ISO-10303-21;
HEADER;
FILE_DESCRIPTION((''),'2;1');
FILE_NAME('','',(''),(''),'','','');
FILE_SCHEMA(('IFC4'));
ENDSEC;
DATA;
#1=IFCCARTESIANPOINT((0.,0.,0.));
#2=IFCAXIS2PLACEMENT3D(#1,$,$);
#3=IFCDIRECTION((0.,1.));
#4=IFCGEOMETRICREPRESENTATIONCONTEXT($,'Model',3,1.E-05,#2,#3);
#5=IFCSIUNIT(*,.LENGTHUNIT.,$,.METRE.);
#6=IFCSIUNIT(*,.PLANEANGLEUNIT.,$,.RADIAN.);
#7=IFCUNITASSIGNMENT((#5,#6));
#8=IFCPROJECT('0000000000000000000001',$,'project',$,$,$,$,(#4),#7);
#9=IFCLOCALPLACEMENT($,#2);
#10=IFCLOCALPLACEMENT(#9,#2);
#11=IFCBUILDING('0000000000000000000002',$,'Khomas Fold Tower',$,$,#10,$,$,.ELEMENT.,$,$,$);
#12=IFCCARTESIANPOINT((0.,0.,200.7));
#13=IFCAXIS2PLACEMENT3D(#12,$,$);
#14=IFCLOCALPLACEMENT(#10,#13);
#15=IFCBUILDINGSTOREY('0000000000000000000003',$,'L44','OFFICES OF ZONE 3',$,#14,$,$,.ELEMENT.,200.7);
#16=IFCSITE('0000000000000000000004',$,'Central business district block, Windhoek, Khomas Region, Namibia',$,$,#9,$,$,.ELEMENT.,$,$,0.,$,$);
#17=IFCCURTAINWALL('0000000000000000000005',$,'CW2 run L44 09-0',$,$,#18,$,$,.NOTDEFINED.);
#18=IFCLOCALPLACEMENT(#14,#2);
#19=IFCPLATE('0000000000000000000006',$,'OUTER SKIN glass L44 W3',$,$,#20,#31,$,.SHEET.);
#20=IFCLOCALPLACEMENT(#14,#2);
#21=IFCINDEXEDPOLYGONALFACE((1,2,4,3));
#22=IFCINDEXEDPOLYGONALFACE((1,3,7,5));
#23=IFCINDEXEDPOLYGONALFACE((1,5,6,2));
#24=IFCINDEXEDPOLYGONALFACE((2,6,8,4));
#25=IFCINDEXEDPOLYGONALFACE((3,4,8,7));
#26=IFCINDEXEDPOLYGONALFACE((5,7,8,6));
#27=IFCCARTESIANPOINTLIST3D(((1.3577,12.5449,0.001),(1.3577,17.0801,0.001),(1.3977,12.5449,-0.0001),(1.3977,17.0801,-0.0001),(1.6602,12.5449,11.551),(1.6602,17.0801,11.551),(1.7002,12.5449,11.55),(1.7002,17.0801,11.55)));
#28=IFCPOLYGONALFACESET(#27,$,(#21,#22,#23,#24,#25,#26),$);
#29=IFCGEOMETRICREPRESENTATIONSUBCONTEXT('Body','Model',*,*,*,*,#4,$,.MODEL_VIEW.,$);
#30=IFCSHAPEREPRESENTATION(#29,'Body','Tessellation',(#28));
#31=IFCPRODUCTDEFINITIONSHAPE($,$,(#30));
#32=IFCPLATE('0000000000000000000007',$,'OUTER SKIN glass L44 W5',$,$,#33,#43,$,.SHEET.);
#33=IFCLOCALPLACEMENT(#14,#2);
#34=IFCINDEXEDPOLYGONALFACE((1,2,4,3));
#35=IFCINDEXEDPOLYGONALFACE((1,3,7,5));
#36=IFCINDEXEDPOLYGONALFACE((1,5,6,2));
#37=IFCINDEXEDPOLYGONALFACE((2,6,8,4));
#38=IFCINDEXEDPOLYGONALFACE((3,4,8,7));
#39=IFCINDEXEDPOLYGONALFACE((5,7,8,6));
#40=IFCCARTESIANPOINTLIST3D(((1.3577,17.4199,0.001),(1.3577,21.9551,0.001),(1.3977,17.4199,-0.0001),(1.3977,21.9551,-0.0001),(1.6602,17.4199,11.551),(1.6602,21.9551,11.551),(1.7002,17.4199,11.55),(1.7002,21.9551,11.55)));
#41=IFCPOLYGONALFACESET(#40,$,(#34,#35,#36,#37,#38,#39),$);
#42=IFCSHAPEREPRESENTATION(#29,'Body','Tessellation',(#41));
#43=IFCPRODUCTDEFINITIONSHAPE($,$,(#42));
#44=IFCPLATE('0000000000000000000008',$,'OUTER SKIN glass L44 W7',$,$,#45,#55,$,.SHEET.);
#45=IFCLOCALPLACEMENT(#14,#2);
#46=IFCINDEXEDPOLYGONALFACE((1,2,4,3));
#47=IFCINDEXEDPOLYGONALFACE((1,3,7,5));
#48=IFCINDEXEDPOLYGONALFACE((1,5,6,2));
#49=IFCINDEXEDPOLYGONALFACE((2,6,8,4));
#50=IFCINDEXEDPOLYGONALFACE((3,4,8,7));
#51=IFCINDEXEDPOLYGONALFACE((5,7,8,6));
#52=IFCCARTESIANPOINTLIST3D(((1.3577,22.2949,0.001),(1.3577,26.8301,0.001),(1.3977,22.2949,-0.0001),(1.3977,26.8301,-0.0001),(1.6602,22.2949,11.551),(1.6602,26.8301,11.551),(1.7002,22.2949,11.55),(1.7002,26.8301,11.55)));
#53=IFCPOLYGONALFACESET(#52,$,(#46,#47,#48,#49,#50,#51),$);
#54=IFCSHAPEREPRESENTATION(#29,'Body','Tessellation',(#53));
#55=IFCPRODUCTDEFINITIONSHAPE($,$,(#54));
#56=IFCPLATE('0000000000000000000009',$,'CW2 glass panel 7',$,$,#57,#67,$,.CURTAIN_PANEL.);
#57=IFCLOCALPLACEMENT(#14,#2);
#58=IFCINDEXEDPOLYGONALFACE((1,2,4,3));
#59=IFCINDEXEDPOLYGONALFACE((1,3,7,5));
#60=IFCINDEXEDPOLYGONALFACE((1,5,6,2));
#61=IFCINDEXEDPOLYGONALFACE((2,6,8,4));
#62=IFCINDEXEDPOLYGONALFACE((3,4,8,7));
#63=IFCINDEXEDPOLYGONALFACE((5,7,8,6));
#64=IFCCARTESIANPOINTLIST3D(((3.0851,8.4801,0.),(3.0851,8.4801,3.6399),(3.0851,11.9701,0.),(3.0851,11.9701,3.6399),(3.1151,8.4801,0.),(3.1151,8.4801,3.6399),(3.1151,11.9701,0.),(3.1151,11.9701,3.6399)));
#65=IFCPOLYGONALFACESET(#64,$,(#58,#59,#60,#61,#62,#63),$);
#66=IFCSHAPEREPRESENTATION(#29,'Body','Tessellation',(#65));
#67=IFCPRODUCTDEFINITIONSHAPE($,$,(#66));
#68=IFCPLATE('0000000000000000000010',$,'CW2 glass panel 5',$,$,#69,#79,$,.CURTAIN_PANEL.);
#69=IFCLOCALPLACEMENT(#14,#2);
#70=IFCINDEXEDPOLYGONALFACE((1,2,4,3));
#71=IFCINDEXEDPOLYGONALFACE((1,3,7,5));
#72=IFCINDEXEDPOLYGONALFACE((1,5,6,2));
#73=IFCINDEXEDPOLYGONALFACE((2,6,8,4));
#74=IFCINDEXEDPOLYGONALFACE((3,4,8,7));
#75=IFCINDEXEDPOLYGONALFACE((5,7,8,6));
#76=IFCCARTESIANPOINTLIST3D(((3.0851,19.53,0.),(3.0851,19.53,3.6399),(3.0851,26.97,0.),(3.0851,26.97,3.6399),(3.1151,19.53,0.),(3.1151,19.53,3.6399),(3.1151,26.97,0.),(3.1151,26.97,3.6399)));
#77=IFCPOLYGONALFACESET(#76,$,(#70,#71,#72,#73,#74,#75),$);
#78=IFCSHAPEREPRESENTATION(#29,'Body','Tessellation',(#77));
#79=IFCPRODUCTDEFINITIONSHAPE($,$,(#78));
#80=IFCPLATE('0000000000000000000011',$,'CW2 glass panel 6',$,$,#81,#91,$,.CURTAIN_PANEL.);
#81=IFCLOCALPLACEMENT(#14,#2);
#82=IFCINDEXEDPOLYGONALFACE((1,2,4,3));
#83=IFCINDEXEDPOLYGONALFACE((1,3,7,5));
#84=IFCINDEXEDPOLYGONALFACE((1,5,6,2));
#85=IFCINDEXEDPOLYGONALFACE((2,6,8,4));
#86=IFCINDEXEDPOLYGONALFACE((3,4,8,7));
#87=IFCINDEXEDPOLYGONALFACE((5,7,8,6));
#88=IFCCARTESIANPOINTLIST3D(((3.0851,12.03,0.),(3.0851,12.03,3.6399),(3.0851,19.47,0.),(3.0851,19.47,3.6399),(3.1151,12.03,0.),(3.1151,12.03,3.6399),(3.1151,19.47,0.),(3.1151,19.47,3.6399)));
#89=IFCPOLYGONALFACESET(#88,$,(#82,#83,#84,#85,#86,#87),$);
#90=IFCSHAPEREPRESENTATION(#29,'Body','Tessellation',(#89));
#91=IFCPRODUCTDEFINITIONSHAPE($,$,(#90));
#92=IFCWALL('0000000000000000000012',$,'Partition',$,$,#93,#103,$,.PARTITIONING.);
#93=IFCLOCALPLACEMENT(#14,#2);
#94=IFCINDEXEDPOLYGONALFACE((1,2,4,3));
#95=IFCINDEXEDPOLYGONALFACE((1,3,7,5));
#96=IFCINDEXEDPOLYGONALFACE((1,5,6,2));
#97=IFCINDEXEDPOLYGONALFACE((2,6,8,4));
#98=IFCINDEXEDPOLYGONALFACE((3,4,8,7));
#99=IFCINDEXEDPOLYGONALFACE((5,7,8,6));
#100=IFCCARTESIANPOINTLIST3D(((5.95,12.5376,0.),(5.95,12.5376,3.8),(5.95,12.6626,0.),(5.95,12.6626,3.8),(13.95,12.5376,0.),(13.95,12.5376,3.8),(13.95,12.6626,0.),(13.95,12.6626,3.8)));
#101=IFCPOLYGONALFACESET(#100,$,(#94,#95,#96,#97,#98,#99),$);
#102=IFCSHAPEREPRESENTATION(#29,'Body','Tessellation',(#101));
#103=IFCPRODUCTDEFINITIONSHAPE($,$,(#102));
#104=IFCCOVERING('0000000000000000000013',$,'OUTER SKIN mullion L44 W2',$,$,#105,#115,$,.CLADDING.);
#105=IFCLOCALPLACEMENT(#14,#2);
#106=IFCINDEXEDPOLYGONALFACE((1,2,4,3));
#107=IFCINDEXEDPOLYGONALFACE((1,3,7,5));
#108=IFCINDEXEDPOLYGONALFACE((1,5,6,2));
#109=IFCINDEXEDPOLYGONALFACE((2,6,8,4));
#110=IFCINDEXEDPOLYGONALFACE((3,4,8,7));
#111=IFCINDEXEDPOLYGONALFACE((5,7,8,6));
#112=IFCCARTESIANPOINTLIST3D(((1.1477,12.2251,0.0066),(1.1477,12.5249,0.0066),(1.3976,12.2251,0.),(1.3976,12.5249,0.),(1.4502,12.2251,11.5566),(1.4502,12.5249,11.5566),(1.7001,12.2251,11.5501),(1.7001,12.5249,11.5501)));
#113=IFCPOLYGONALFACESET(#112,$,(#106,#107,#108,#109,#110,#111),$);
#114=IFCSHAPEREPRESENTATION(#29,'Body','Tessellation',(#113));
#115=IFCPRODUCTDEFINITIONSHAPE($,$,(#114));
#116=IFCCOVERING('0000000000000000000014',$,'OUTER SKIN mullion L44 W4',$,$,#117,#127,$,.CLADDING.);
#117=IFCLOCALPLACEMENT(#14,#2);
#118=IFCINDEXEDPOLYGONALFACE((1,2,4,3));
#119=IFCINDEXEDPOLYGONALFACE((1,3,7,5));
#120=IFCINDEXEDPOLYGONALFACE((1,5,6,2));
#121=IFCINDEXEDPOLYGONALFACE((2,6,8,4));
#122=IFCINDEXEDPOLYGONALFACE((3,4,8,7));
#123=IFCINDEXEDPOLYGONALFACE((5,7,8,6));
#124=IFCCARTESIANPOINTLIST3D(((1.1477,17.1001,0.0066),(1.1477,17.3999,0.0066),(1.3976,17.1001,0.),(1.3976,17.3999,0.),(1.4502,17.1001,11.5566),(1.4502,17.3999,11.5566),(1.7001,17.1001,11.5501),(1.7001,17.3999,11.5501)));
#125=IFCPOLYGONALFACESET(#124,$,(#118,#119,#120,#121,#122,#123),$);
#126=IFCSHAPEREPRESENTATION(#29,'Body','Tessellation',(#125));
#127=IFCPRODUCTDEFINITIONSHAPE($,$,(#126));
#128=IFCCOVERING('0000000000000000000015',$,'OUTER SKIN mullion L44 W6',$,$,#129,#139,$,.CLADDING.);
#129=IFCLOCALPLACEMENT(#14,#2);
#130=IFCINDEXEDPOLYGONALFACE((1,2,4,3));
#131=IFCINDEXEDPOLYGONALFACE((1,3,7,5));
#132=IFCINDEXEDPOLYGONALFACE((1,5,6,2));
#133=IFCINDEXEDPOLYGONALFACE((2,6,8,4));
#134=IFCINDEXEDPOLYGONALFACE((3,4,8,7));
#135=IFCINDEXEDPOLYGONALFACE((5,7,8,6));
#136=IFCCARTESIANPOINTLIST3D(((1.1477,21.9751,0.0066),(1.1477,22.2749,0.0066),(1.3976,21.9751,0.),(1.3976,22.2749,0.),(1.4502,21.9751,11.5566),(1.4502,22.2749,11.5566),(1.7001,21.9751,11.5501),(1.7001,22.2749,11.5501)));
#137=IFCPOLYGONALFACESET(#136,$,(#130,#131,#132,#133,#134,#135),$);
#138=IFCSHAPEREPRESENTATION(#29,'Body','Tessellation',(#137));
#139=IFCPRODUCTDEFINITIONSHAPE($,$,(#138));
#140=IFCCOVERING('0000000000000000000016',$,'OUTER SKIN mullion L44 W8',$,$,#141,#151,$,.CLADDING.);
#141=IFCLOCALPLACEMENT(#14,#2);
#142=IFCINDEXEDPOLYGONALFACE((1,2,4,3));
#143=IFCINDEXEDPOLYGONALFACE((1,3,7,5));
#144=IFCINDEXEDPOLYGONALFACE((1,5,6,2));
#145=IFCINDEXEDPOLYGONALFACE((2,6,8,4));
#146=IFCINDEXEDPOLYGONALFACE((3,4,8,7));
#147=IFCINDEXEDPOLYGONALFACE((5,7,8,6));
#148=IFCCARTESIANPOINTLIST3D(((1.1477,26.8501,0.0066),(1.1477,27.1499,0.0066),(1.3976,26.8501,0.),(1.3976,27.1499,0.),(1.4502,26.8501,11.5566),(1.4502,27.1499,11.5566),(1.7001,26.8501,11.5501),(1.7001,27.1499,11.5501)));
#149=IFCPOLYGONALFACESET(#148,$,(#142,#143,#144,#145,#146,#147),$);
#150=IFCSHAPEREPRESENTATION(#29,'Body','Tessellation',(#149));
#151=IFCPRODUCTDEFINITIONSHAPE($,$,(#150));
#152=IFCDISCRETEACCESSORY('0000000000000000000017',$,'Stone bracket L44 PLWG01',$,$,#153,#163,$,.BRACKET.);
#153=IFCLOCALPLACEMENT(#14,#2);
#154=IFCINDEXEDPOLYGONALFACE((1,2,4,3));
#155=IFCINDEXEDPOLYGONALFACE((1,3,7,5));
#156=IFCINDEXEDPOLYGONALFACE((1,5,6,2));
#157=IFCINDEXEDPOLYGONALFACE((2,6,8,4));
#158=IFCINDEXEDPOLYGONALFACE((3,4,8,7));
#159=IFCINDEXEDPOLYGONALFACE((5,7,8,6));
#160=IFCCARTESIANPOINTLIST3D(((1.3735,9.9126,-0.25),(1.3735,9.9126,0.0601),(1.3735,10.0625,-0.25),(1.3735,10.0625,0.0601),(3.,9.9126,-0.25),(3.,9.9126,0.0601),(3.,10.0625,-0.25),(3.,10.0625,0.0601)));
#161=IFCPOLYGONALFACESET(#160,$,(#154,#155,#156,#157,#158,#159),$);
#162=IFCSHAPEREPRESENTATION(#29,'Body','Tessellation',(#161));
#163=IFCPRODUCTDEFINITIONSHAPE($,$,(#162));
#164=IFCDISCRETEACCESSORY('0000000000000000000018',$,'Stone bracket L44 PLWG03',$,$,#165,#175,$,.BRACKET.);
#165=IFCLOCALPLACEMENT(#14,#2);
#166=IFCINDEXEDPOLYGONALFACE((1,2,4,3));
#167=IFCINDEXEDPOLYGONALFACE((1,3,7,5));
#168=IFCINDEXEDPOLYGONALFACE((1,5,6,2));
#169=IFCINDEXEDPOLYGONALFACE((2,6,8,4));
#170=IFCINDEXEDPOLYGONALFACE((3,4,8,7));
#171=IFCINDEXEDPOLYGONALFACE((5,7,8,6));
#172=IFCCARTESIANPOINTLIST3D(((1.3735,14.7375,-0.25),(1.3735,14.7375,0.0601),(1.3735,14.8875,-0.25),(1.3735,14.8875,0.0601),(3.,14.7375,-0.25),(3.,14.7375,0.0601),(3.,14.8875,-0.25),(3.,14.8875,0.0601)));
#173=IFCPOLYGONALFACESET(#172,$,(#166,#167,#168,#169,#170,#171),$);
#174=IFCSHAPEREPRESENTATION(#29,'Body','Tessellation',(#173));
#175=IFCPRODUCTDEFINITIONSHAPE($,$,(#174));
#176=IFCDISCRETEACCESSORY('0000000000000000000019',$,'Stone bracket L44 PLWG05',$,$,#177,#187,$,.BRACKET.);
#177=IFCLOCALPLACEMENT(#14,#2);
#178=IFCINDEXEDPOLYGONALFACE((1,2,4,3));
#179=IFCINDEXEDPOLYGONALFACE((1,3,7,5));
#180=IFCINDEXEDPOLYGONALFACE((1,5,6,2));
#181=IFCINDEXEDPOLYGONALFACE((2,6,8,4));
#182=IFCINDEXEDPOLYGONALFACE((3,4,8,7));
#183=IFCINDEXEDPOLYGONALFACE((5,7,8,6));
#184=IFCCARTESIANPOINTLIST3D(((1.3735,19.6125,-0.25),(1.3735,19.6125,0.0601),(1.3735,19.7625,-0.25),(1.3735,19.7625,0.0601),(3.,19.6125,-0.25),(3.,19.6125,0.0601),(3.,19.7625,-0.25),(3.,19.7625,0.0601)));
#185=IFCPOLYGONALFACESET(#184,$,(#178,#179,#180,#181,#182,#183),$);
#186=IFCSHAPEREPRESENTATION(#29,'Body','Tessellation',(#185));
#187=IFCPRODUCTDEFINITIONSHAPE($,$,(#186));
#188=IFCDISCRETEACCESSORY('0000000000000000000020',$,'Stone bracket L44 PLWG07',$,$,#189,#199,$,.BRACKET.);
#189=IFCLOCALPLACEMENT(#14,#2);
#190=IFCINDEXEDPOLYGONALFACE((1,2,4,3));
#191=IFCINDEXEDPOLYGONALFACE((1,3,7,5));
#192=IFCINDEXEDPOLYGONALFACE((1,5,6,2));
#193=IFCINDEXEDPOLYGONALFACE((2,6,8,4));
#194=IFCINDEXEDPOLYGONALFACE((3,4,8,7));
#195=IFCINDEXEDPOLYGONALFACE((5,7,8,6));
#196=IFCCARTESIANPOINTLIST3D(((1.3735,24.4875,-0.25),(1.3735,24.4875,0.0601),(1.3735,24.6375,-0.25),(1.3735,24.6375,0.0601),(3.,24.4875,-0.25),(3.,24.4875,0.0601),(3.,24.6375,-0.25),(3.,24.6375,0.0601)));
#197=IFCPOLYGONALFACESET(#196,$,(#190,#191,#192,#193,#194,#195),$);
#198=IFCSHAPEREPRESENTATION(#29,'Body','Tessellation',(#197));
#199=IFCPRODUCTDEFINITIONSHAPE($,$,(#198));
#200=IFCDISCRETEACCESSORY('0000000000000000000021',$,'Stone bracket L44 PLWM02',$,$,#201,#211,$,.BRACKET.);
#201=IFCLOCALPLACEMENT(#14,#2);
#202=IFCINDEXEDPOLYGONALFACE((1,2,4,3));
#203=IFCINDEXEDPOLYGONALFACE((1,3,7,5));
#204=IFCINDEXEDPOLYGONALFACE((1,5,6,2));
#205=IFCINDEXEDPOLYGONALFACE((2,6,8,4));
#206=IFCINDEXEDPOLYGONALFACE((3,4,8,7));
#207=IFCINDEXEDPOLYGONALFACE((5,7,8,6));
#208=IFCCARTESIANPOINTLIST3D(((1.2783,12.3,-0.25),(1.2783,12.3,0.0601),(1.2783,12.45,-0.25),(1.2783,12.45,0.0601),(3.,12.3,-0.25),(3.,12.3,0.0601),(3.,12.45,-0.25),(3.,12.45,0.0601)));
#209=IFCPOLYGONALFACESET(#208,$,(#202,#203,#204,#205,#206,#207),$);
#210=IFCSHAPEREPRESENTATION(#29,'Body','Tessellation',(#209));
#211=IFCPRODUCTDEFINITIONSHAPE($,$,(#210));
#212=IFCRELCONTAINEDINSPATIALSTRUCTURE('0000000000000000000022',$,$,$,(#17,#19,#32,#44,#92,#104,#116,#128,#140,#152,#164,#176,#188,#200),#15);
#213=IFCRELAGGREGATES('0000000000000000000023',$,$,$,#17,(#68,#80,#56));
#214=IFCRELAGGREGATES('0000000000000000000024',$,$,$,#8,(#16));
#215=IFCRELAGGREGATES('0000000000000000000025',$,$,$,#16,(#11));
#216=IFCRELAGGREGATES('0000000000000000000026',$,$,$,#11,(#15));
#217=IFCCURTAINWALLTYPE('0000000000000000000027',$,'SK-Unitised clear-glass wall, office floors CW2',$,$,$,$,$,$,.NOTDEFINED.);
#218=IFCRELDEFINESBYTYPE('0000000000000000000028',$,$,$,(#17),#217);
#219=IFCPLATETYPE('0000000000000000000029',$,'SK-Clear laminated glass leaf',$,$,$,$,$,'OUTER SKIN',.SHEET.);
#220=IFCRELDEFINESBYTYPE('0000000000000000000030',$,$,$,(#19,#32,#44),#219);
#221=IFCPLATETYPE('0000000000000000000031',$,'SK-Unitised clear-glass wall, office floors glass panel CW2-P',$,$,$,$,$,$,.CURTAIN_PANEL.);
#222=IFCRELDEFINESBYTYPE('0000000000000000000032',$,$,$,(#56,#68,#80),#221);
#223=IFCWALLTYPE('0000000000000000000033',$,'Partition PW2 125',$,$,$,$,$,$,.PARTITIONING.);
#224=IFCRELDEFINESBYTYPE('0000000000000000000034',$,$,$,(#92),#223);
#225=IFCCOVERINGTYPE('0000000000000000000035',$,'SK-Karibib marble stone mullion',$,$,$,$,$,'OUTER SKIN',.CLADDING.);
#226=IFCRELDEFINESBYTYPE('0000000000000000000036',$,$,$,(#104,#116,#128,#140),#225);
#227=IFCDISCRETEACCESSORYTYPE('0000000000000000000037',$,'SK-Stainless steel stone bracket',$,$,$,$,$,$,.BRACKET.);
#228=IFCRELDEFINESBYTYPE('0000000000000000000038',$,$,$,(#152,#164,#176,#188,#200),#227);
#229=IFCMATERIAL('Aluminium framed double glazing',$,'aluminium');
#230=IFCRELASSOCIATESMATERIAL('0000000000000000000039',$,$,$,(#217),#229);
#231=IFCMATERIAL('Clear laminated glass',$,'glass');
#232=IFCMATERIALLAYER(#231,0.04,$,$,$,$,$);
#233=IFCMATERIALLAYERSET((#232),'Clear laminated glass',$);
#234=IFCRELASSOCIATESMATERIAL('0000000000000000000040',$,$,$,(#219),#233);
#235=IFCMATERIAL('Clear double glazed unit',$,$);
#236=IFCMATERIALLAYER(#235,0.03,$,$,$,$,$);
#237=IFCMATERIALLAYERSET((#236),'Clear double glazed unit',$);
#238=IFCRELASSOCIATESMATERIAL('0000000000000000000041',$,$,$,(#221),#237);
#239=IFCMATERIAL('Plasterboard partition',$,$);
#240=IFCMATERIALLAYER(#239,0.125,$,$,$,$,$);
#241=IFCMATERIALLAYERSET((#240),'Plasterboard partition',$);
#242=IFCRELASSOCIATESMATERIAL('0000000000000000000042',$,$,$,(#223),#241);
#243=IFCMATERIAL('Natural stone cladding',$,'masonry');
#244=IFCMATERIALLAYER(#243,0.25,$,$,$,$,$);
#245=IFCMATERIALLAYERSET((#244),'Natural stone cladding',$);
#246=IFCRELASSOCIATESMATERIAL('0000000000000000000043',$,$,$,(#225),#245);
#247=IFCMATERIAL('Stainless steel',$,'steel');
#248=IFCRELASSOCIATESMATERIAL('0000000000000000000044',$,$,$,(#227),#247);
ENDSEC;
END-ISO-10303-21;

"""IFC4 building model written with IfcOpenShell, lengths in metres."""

from ifc_helpers import new_model, si_unit, direction, frame, frame_2d, origin, origin_2d, place, context, subcontext, project, spatial, polyline, rectangle, outline, extrude, source, transform, mapped, material, layer, layer_set, type_object, element, aggregate, save


model = new_model("IFC4")

# Units and contexts
model_context = context("Model", 3, precision=1e-05, world=origin(), true_north=direction((0.0, 1.0)))
body_context = subcontext(model_context, "Body", "Model", "MODEL_VIEW")
ifc_project = project(units=[si_unit("LENGTHUNIT", "METRE"), si_unit("PLANEANGLEUNIT", "RADIAN")], contexts=[model_context])

# Site, building, storey
site_placement = place(None, origin())
site = spatial("IfcSite", under=ifc_project, at=site_placement, Name="Central business district block, Windhoek, Khomas Region, Namibia", CompositionType="ELEMENT", RefElevation=0.0)
building_placement = place(site_placement, origin())
building = spatial("IfcBuilding", under=site, at=building_placement, Name="Khomas Fold Tower", CompositionType="ELEMENT")
storey_placement = place(building_placement, frame((0.0, 0.0, 200.7)))
storey = spatial("IfcBuildingStorey", under=building, at=storey_placement, Name="L44", Description="OFFICES OF ZONE 3", CompositionType="ELEMENT", Elevation=200.7)

# Curtain wall
ifc_material_1 = material(Name="Aluminium framed double glazing", Category="aluminium")
curtain_wall_type = type_object("IfcCurtainWallType", Name="SK-Unitised clear-glass wall, office floors CW2", PredefinedType="NOTDEFINED", material=ifc_material_1)
curtain_wall_placement = place(storey_placement, origin())
curtain_wall = element("IfcCurtainWall", 1, at=curtain_wall_placement, inside=storey, type_object=curtain_wall_type, Name="CW2 run L44 09-0", PredefinedType="NOTDEFINED")

# Plates
ifc_material_2 = material(Name="Clear laminated glass", Category="glass")
ifc_layer_1 = layer(ifc_material_2, 0.04)
ifc_layer_set_1 = layer_set([ifc_layer_1], Name="Clear laminated glass")
plate_type_1 = type_object("IfcPlateType", Name="SK-Clear laminated glass leaf", ElementType="OUTER SKIN", PredefinedType="SHEET", material=ifc_layer_set_1)
for number, where, z_axis, x_axis, name in (
    (2, (1.3577, 12.5449, 0.001), (-0.999657, 0.0, 0.026181), (0.0, 1.0, 0.0), "OUTER SKIN glass L44 W3"),
    (3, (1.3577, 17.4199, 0.001), (-0.999657, 0.0, 0.026181), (0.0, 1.0, 0.0), "OUTER SKIN glass L44 W5"),
    (4, (1.3577, 22.2949, 0.001), (-0.999657, 0.0, 0.026181), (0.0, 1.0, 0.0), "OUTER SKIN glass L44 W7"),
):
    element("IfcPlate", number, at=place(storey_placement, frame(where, z_axis=z_axis, x_axis=x_axis)), inside=storey, type_object=plate_type_1, Name=name, PredefinedType="SHEET", context=body_context, shape_type="SweptSolid", body=[
        extrude(outline(polyline([(0.0, 0.0), (4.5352, 0.0), (4.5352, -11.554), (0.0, -11.554), (0.0, 0.0)])), origin(), (0.0, 0.0, -1.0), 0.04),
    ])

# Plates
ifc_material_3 = material(Name="Clear double glazed unit")
ifc_layer_2 = layer(ifc_material_3, 0.03)
ifc_layer_set_2 = layer_set([ifc_layer_2], Name="Clear double glazed unit")
plate_type_2 = type_object("IfcPlateType", Name="SK-Unitised clear-glass wall, office floors glass panel CW2-P", PredefinedType="CURTAIN_PANEL", material=ifc_layer_set_2)
shared_shape_1 = source(origin(), body_context, "Body", "SweptSolid", [
    extrude(rectangle(XDim=3.49, YDim=0.03, at=origin_2d()), origin(), (0.0, 0.0, 1.0), 3.6399),
])
plate_1_placement = place(storey_placement, frame((3.1001, 10.2251, 0.0), z_axis=(0.0, 0.0, 1.0), x_axis=(0.0, -1.0, 0.0)))
plate_1 = element("IfcPlate", 5, at=plate_1_placement, type_object=plate_type_2, Name="CW2 glass panel 7", PredefinedType="CURTAIN_PANEL", context=body_context, shape_type="MappedRepresentation", body=[
    mapped(shared_shape_1, transform((0.0, 0.0, 0.0))),
])
shared_shape_2 = source(origin(), body_context, "Body", "SweptSolid", [
    extrude(rectangle(XDim=7.4399, YDim=0.03, at=origin_2d()), origin(), (0.0, 0.0, 1.0), 3.6399),
])
plate_2_placement = place(storey_placement, frame((3.1001, 23.25, 0.0), z_axis=(0.0, 0.0, 1.0), x_axis=(0.0, -1.0, 0.0)))
plate_2 = element("IfcPlate", 6, at=plate_2_placement, type_object=plate_type_2, Name="CW2 glass panel 5", PredefinedType="CURTAIN_PANEL", context=body_context, shape_type="MappedRepresentation", body=[
    mapped(shared_shape_2, transform((0.0, 0.0, 0.0))),
])
plate_3_placement = place(storey_placement, frame((3.1001, 15.75, 0.0), z_axis=(0.0, 0.0, 1.0), x_axis=(0.0, -1.0, 0.0)))
plate_3 = element("IfcPlate", 7, at=plate_3_placement, type_object=plate_type_2, Name="CW2 glass panel 6", PredefinedType="CURTAIN_PANEL", context=body_context, shape_type="MappedRepresentation", body=[
    mapped(shared_shape_2, transform((0.0, 0.0, 0.0))),
])
aggregate(curtain_wall, [plate_2, plate_3, plate_1])

# Wall
ifc_material_4 = material(Name="Plasterboard partition")
ifc_layer_3 = layer(ifc_material_4, 0.125)
ifc_layer_set_3 = layer_set([ifc_layer_3], Name="Plasterboard partition")
wall_type = type_object("IfcWallType", Name="Partition PW2 125", PredefinedType="PARTITIONING", material=ifc_layer_set_3)
shared_shape_3 = source(origin(), body_context, "Body", "SweptSolid", [
    extrude(rectangle(XDim=8.0, YDim=0.125, at=frame_2d((4.0, 0.0))), origin(), (0.0, 0.0, 1.0), 3.8),
])
wall_placement = place(storey_placement, frame((5.95, 12.6001, 0.0), z_axis=(0.0, 0.0, 1.0), x_axis=(1.0, 0.0, 0.0)))
element("IfcWall", 8, at=wall_placement, inside=storey, type_object=wall_type, Name="Partition", PredefinedType="PARTITIONING", context=body_context, shape_type="MappedRepresentation", body=[
    mapped(shared_shape_3, transform((0.0, 0.0, 0.0))),
])

# Coverings
ifc_material_5 = material(Name="Natural stone cladding", Category="masonry")
ifc_layer_4 = layer(ifc_material_5, 0.25)
ifc_layer_set_4 = layer_set([ifc_layer_4], Name="Natural stone cladding")
covering_type = type_object("IfcCoveringType", Name="SK-Karibib marble stone mullion", ElementType="OUTER SKIN", PredefinedType="CLADDING", material=ifc_layer_set_4)
for number, where, z_axis, x_axis, name in (
    (9, (1.1477, 12.2251, 0.0066), (-0.999657, 0.0, 0.026181), (0.0, 1.0, 0.0), "OUTER SKIN mullion L44 W2"),
    (10, (1.1477, 17.1001, 0.0066), (-0.999657, 0.0, 0.026181), (0.0, 1.0, 0.0), "OUTER SKIN mullion L44 W4"),
    (11, (1.1477, 21.9751, 0.0066), (-0.999657, 0.0, 0.026181), (0.0, 1.0, 0.0), "OUTER SKIN mullion L44 W6"),
    (12, (1.1477, 26.8501, 0.0066), (-0.999657, 0.0, 0.026181), (0.0, 1.0, 0.0), "OUTER SKIN mullion L44 W8"),
):
    element("IfcCovering", number, at=place(storey_placement, frame(where, z_axis=z_axis, x_axis=x_axis)), inside=storey, type_object=covering_type, Name=name, PredefinedType="CLADDING", context=body_context, shape_type="SweptSolid", body=[
        extrude(outline(polyline([(0.0, 0.0), (0.2998, 0.0), (0.2998, -11.554), (0.0, -11.554), (0.0, 0.0)])), origin(), (0.0, 0.0, -1.0), 0.25),
    ])

# Discrete accessories
ifc_material_6 = material(Name="Stainless steel", Category="steel")
discrete_accessory_type = type_object("IfcDiscreteAccessoryType", Name="SK-Stainless steel stone bracket", PredefinedType="BRACKET", material=ifc_material_6)
shared_shape_4 = source(origin(), body_context, "Body", "SweptSolid", [
    extrude(rectangle(XDim=1.6265, YDim=0.1499, at=origin_2d()), origin(), (0.0, 0.0, 1.0), 0.3101),
])
for number, where, z_axis, x_axis, name in (
    (13, (2.1868, 9.9875, -0.25), (0.0, 0.0, 1.0), (-1.0, 0.0, 0.0), "Stone bracket L44 PLWG01"),
    (14, (2.1868, 14.8125, -0.25), (0.0, 0.0, 1.0), (-1.0, 0.0, 0.0), "Stone bracket L44 PLWG03"),
    (15, (2.1868, 19.6875, -0.25), (0.0, 0.0, 1.0), (-1.0, 0.0, 0.0), "Stone bracket L44 PLWG05"),
    (16, (2.1868, 24.5625, -0.25), (0.0, 0.0, 1.0), (-1.0, 0.0, 0.0), "Stone bracket L44 PLWG07"),
):
    element("IfcDiscreteAccessory", number, at=place(storey_placement, frame(where, z_axis=z_axis, x_axis=x_axis)), inside=storey, type_object=discrete_accessory_type, Name=name, PredefinedType="BRACKET", context=body_context, shape_type="MappedRepresentation", body=[
        mapped(shared_shape_4, transform((0.0, 0.0, 0.0))),
    ])
shared_shape_5 = source(origin(), body_context, "Body", "SweptSolid", [
    extrude(rectangle(XDim=1.7217, YDim=0.1499, at=origin_2d()), origin(), (0.0, 0.0, 1.0), 0.3101),
])
for number, where, z_axis, x_axis, name in (
    (17, (2.1392, 12.375, -0.25), (0.0, 0.0, 1.0), (-1.0, 0.0, 0.0), "Stone bracket L44 PLWM02"),
):
    element("IfcDiscreteAccessory", number, at=place(storey_placement, frame(where, z_axis=z_axis, x_axis=x_axis)), inside=storey, type_object=discrete_accessory_type, Name=name, PredefinedType="BRACKET", context=body_context, shape_type="MappedRepresentation", body=[
        mapped(shared_shape_5, transform((0.0, 0.0, 0.0))),
    ])

save(model, "model.ifc")
